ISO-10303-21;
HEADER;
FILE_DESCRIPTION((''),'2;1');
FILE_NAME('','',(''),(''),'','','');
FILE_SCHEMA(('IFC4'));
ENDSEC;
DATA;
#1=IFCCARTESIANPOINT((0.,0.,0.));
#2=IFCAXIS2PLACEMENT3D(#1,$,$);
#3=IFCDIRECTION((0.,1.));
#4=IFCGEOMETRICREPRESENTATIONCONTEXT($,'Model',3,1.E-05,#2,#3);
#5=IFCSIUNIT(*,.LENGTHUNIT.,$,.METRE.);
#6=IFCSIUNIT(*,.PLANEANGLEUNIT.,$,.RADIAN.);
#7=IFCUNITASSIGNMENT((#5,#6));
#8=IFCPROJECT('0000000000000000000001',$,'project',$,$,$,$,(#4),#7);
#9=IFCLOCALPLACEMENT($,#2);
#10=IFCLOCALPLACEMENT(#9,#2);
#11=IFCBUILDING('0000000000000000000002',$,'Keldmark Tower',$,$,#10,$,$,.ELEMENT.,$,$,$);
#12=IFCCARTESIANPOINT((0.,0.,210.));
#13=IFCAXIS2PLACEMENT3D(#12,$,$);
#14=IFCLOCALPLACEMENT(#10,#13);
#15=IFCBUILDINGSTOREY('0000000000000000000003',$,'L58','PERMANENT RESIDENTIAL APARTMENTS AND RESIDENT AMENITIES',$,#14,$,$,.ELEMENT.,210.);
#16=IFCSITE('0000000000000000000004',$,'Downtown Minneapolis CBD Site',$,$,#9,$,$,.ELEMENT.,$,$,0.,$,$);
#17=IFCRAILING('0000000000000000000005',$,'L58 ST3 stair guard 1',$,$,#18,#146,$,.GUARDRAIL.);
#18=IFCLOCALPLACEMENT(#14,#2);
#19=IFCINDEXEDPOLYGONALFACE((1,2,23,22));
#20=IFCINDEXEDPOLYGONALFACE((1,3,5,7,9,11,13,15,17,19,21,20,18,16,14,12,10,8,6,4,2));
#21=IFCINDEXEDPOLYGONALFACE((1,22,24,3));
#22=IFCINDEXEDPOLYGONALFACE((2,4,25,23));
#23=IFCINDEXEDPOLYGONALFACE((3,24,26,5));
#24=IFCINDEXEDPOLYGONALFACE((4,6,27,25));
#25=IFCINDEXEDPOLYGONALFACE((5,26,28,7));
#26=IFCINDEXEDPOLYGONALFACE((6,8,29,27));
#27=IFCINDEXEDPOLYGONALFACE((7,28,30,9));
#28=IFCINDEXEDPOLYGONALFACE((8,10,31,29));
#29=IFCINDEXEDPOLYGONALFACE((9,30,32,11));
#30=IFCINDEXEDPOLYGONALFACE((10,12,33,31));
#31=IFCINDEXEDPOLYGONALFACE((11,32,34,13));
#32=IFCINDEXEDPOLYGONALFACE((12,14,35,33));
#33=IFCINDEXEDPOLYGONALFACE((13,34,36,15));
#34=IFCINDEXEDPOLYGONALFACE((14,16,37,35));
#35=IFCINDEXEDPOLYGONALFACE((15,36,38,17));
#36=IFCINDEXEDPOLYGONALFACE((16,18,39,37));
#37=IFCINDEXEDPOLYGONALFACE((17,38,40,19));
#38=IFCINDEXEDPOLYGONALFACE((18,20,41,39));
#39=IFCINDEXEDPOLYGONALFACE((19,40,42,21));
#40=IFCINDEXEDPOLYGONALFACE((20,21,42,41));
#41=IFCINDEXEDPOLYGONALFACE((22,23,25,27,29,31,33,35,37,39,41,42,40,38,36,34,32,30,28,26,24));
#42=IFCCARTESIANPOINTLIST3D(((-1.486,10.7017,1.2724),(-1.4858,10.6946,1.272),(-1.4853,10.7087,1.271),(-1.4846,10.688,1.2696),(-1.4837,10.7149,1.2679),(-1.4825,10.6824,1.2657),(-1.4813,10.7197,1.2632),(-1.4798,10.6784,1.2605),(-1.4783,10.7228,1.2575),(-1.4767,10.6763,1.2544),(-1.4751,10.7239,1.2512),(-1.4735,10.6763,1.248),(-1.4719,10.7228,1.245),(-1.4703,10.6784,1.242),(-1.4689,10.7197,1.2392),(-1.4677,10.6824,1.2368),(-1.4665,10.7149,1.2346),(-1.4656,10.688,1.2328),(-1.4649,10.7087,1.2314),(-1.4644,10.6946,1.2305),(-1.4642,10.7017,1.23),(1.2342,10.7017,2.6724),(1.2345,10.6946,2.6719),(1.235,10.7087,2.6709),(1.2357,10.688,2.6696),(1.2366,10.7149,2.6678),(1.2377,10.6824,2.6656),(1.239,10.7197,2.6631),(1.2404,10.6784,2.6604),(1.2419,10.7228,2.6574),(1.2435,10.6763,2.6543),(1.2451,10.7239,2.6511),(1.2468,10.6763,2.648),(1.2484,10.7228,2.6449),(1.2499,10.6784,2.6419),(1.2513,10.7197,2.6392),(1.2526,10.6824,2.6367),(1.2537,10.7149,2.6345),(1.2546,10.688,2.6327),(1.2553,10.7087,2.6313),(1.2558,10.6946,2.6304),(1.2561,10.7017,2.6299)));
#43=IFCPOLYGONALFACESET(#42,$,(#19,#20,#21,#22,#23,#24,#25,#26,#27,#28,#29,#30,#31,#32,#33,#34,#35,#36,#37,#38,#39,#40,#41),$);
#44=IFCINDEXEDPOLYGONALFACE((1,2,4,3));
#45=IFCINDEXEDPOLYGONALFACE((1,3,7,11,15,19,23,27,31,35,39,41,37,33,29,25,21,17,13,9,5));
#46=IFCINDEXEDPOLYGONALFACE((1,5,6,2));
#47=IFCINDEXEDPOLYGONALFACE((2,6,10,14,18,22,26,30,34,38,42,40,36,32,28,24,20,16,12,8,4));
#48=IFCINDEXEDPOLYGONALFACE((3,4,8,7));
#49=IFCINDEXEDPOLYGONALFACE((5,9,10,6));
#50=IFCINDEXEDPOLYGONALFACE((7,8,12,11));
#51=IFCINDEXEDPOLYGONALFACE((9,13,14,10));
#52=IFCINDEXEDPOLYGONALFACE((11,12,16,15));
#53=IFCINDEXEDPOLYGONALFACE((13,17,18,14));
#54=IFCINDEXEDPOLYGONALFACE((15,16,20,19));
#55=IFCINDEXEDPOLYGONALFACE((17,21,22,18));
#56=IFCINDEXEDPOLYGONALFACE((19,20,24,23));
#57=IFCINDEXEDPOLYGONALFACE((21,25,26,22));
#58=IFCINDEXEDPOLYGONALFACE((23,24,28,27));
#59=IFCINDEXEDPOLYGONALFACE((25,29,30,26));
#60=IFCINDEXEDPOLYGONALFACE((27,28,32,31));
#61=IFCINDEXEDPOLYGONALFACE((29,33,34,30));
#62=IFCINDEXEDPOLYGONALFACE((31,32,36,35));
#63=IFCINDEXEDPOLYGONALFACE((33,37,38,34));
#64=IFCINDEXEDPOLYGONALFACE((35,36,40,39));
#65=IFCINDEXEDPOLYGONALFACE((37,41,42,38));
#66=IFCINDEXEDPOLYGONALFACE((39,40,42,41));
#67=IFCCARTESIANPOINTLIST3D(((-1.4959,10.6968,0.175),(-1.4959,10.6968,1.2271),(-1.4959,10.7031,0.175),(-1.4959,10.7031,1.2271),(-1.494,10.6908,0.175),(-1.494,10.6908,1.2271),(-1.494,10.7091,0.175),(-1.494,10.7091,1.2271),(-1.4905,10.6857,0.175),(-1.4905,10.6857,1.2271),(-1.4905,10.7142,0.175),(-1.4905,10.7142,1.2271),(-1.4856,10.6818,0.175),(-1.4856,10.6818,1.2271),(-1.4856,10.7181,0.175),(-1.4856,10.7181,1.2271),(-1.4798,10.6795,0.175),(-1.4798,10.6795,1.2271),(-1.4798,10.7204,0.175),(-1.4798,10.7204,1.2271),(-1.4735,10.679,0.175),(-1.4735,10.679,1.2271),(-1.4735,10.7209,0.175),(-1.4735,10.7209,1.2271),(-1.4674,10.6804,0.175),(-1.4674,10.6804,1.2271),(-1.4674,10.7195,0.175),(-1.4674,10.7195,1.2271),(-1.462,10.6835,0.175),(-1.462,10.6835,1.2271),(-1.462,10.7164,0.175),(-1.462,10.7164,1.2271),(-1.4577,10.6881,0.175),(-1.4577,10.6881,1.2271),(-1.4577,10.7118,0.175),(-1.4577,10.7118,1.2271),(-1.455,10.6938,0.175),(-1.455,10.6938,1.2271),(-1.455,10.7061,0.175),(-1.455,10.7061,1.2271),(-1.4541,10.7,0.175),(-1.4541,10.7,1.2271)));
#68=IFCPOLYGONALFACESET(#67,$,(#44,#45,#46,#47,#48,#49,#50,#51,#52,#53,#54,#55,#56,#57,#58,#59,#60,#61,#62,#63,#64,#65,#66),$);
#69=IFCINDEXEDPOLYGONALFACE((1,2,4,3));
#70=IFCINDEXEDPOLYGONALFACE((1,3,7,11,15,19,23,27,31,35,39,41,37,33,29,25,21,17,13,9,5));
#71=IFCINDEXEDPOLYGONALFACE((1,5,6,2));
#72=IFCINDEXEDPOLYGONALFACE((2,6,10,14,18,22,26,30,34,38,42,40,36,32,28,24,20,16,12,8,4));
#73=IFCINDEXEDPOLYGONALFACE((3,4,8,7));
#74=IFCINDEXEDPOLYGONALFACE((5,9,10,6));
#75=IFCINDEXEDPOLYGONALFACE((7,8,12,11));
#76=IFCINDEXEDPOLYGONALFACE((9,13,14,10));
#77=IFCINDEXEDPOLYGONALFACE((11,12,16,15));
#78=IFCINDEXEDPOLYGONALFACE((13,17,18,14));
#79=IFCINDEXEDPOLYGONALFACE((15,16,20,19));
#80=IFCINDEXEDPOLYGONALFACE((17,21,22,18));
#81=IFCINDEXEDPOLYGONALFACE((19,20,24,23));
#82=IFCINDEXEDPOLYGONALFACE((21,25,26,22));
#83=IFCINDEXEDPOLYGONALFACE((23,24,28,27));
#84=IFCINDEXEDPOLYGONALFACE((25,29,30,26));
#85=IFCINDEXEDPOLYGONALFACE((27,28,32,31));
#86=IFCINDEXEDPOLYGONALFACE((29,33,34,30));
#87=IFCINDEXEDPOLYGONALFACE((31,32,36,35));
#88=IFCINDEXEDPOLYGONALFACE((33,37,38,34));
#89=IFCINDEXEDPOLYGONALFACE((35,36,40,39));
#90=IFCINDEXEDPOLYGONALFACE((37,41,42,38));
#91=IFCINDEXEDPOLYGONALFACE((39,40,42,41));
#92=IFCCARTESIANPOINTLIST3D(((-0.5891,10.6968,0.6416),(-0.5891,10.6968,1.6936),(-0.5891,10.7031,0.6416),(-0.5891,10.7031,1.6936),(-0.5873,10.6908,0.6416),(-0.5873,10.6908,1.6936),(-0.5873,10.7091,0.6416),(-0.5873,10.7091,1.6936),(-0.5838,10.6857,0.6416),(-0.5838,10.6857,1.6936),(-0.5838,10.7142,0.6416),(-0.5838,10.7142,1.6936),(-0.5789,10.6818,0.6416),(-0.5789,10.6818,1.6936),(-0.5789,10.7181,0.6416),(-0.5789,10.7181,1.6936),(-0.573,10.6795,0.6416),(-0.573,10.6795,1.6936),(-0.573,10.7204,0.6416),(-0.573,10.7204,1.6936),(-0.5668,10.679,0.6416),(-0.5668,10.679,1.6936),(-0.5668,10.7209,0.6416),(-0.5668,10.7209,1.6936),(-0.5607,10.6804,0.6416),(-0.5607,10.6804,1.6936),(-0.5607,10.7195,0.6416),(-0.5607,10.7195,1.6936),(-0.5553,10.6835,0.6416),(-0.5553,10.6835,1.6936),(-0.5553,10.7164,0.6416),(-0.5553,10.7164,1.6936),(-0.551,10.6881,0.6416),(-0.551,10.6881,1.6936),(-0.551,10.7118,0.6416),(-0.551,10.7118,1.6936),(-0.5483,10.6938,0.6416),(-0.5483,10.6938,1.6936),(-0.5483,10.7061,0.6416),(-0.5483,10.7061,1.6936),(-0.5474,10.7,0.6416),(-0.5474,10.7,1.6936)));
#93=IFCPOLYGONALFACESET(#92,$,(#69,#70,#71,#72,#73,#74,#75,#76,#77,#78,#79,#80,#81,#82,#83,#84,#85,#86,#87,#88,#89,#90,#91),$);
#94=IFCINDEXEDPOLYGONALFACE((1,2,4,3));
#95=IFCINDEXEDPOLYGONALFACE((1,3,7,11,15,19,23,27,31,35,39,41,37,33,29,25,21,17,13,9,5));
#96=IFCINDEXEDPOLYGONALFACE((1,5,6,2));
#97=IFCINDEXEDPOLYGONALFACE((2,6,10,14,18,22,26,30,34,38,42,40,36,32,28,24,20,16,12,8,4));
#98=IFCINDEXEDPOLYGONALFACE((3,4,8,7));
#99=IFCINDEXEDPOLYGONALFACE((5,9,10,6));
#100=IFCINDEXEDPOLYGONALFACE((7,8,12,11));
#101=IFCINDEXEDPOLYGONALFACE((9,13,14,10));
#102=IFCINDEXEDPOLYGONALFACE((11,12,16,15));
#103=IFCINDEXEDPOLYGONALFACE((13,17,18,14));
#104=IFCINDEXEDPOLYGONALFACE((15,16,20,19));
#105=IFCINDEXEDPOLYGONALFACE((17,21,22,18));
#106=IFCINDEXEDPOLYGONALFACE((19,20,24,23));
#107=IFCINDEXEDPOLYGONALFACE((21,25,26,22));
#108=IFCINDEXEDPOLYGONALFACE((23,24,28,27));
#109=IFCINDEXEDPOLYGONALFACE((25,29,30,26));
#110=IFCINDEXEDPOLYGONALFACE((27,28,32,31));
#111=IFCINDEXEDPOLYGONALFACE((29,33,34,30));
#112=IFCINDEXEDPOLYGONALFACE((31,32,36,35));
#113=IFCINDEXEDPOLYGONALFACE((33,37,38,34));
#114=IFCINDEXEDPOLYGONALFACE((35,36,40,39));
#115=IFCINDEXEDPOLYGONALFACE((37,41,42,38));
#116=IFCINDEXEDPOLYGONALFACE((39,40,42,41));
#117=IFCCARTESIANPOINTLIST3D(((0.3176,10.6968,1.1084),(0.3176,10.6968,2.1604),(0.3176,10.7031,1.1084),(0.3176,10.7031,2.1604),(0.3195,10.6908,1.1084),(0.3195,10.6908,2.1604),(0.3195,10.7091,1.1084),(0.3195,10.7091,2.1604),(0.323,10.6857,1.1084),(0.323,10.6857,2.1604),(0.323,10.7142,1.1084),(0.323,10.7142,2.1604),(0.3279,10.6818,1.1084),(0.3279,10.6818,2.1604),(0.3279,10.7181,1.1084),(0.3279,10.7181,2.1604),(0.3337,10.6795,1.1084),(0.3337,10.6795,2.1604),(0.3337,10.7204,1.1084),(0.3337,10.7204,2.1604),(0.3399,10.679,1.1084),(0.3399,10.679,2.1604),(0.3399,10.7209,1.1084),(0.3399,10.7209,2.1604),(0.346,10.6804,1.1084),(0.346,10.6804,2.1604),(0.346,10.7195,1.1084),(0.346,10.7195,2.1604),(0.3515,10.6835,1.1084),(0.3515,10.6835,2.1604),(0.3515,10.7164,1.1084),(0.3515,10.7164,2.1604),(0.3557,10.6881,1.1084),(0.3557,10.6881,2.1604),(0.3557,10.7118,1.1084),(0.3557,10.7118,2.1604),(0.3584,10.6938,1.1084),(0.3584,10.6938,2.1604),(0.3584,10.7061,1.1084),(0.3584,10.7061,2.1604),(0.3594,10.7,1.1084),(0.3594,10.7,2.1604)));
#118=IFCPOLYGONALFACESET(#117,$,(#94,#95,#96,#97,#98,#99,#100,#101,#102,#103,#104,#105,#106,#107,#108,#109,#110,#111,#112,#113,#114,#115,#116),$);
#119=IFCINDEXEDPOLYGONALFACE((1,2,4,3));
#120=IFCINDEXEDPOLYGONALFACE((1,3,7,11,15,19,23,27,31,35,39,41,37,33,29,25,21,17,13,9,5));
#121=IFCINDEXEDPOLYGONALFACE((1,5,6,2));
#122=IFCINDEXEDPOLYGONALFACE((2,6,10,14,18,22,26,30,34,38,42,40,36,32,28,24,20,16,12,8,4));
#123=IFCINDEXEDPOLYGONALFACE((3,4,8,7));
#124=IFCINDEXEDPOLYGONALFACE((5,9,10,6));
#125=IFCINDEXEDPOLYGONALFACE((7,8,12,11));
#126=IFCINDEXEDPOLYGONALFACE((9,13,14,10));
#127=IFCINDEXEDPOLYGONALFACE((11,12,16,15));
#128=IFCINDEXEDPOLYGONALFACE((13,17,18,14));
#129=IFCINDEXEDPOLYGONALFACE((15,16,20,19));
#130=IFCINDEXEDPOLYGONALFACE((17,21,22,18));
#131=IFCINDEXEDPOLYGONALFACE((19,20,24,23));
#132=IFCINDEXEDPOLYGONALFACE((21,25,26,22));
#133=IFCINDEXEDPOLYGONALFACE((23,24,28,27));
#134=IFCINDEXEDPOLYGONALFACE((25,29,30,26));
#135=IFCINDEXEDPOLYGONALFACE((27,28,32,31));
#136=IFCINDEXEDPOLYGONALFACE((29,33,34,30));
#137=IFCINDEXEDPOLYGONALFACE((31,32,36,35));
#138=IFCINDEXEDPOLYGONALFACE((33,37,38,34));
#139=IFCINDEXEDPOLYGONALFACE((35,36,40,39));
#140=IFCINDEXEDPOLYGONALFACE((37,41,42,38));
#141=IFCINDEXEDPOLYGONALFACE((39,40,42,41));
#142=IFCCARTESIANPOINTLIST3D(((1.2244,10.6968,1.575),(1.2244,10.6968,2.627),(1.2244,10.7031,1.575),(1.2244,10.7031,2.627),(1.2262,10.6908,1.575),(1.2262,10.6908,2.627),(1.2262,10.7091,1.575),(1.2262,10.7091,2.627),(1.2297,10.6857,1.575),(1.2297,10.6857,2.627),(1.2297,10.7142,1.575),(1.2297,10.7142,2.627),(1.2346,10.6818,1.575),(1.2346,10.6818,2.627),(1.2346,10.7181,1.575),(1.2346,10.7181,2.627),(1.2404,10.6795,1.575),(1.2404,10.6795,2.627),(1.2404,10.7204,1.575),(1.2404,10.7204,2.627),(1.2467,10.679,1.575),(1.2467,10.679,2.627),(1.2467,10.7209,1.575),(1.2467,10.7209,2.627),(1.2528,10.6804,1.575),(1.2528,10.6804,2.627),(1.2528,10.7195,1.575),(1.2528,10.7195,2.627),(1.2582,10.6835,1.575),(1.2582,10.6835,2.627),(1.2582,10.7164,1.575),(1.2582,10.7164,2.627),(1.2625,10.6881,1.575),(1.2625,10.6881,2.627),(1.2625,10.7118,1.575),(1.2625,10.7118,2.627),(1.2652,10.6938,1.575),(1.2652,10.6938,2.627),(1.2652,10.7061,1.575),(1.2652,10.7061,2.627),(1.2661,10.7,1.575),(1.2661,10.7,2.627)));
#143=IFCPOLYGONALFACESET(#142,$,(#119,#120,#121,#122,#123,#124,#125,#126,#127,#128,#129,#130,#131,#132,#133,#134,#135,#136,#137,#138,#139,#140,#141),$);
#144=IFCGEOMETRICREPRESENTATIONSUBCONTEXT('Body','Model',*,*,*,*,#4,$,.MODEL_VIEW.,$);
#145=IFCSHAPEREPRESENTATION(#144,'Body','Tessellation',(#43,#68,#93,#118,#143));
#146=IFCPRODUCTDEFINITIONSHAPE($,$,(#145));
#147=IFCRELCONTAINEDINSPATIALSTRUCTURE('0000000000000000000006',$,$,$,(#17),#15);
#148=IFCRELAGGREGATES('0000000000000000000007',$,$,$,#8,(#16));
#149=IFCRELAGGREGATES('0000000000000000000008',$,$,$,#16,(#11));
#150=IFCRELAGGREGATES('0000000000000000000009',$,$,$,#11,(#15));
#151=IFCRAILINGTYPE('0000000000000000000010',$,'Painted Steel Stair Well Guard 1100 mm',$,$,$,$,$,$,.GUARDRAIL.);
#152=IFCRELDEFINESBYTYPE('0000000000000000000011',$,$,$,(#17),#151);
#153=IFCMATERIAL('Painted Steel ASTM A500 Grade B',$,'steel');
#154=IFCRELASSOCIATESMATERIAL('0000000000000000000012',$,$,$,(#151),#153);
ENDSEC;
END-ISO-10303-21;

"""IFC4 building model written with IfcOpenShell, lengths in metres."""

from ifc_helpers import new_model, si_unit, direction, frame, origin, origin_2d, place, context, subcontext, project, spatial, circle, extrude, material, type_object, element, save


model = new_model("IFC4")

# Units and contexts
model_context = context("Model", 3, precision=1e-05, world=origin(), true_north=direction((0.0, 1.0)))
body_context = subcontext(model_context, "Body", "Model", "MODEL_VIEW")
ifc_project = project(units=[si_unit("LENGTHUNIT", "METRE"), si_unit("PLANEANGLEUNIT", "RADIAN")], contexts=[model_context])

# Site, building, storey
site_placement = place(None, origin())
site = spatial("IfcSite", under=ifc_project, at=site_placement, Name="Downtown Minneapolis CBD Site", CompositionType="ELEMENT", RefElevation=0.0)
building_placement = place(site_placement, origin())
building = spatial("IfcBuilding", under=site, at=building_placement, Name="Keldmark Tower", CompositionType="ELEMENT")
storey_placement = place(building_placement, frame((0.0, 0.0, 210.0)))
storey = spatial("IfcBuildingStorey", under=building, at=storey_placement, Name="L58", Description="PERMANENT RESIDENTIAL APARTMENTS AND RESIDENT AMENITIES", CompositionType="ELEMENT", Elevation=210.0)

# Railing
ifc_material_1 = material(Name="Painted Steel ASTM A500 Grade B", Category="steel")
railing_type_1 = type_object("IfcRailingType", Name="Painted Steel Stair Well Guard 1100 mm", PredefinedType="GUARDRAIL", material=ifc_material_1)
railing_1_placement = place(storey_placement, frame((-1.4751, 10.7, 0.175)))
element("IfcRailing", 1, at=railing_1_placement, inside=storey, type_object=railing_type_1, Name="L58 ST3 stair guard 1", PredefinedType="GUARDRAIL", context=body_context, shape_type="SweptSolid", body=[
    extrude(circle(Radius=0.0239, at=origin_2d()), frame((0.0, 0.0, 1.0762), z_axis=(0.889164, 0.0, 0.45759), x_axis=(0.0, 1.0, 0.0)), (0.0, 0.0, 1.0), 3.0593),
    extrude(circle(Radius=0.021, at=origin_2d()), origin(), (0.0, 0.0, 1.0), 1.052),
    extrude(circle(Radius=0.021, at=origin_2d()), frame((0.9067, 0.0, 0.4666)), (0.0, 0.0, 1.0), 1.052),
    extrude(circle(Radius=0.021, at=origin_2d()), frame((1.8135, 0.0, 0.9333)), (0.0, 0.0, 1.0), 1.052),
    extrude(circle(Radius=0.021, at=origin_2d()), frame((2.7202, 0.0, 1.3999)), (0.0, 0.0, 1.0), 1.052),
])

save(model, "model.ifc")
